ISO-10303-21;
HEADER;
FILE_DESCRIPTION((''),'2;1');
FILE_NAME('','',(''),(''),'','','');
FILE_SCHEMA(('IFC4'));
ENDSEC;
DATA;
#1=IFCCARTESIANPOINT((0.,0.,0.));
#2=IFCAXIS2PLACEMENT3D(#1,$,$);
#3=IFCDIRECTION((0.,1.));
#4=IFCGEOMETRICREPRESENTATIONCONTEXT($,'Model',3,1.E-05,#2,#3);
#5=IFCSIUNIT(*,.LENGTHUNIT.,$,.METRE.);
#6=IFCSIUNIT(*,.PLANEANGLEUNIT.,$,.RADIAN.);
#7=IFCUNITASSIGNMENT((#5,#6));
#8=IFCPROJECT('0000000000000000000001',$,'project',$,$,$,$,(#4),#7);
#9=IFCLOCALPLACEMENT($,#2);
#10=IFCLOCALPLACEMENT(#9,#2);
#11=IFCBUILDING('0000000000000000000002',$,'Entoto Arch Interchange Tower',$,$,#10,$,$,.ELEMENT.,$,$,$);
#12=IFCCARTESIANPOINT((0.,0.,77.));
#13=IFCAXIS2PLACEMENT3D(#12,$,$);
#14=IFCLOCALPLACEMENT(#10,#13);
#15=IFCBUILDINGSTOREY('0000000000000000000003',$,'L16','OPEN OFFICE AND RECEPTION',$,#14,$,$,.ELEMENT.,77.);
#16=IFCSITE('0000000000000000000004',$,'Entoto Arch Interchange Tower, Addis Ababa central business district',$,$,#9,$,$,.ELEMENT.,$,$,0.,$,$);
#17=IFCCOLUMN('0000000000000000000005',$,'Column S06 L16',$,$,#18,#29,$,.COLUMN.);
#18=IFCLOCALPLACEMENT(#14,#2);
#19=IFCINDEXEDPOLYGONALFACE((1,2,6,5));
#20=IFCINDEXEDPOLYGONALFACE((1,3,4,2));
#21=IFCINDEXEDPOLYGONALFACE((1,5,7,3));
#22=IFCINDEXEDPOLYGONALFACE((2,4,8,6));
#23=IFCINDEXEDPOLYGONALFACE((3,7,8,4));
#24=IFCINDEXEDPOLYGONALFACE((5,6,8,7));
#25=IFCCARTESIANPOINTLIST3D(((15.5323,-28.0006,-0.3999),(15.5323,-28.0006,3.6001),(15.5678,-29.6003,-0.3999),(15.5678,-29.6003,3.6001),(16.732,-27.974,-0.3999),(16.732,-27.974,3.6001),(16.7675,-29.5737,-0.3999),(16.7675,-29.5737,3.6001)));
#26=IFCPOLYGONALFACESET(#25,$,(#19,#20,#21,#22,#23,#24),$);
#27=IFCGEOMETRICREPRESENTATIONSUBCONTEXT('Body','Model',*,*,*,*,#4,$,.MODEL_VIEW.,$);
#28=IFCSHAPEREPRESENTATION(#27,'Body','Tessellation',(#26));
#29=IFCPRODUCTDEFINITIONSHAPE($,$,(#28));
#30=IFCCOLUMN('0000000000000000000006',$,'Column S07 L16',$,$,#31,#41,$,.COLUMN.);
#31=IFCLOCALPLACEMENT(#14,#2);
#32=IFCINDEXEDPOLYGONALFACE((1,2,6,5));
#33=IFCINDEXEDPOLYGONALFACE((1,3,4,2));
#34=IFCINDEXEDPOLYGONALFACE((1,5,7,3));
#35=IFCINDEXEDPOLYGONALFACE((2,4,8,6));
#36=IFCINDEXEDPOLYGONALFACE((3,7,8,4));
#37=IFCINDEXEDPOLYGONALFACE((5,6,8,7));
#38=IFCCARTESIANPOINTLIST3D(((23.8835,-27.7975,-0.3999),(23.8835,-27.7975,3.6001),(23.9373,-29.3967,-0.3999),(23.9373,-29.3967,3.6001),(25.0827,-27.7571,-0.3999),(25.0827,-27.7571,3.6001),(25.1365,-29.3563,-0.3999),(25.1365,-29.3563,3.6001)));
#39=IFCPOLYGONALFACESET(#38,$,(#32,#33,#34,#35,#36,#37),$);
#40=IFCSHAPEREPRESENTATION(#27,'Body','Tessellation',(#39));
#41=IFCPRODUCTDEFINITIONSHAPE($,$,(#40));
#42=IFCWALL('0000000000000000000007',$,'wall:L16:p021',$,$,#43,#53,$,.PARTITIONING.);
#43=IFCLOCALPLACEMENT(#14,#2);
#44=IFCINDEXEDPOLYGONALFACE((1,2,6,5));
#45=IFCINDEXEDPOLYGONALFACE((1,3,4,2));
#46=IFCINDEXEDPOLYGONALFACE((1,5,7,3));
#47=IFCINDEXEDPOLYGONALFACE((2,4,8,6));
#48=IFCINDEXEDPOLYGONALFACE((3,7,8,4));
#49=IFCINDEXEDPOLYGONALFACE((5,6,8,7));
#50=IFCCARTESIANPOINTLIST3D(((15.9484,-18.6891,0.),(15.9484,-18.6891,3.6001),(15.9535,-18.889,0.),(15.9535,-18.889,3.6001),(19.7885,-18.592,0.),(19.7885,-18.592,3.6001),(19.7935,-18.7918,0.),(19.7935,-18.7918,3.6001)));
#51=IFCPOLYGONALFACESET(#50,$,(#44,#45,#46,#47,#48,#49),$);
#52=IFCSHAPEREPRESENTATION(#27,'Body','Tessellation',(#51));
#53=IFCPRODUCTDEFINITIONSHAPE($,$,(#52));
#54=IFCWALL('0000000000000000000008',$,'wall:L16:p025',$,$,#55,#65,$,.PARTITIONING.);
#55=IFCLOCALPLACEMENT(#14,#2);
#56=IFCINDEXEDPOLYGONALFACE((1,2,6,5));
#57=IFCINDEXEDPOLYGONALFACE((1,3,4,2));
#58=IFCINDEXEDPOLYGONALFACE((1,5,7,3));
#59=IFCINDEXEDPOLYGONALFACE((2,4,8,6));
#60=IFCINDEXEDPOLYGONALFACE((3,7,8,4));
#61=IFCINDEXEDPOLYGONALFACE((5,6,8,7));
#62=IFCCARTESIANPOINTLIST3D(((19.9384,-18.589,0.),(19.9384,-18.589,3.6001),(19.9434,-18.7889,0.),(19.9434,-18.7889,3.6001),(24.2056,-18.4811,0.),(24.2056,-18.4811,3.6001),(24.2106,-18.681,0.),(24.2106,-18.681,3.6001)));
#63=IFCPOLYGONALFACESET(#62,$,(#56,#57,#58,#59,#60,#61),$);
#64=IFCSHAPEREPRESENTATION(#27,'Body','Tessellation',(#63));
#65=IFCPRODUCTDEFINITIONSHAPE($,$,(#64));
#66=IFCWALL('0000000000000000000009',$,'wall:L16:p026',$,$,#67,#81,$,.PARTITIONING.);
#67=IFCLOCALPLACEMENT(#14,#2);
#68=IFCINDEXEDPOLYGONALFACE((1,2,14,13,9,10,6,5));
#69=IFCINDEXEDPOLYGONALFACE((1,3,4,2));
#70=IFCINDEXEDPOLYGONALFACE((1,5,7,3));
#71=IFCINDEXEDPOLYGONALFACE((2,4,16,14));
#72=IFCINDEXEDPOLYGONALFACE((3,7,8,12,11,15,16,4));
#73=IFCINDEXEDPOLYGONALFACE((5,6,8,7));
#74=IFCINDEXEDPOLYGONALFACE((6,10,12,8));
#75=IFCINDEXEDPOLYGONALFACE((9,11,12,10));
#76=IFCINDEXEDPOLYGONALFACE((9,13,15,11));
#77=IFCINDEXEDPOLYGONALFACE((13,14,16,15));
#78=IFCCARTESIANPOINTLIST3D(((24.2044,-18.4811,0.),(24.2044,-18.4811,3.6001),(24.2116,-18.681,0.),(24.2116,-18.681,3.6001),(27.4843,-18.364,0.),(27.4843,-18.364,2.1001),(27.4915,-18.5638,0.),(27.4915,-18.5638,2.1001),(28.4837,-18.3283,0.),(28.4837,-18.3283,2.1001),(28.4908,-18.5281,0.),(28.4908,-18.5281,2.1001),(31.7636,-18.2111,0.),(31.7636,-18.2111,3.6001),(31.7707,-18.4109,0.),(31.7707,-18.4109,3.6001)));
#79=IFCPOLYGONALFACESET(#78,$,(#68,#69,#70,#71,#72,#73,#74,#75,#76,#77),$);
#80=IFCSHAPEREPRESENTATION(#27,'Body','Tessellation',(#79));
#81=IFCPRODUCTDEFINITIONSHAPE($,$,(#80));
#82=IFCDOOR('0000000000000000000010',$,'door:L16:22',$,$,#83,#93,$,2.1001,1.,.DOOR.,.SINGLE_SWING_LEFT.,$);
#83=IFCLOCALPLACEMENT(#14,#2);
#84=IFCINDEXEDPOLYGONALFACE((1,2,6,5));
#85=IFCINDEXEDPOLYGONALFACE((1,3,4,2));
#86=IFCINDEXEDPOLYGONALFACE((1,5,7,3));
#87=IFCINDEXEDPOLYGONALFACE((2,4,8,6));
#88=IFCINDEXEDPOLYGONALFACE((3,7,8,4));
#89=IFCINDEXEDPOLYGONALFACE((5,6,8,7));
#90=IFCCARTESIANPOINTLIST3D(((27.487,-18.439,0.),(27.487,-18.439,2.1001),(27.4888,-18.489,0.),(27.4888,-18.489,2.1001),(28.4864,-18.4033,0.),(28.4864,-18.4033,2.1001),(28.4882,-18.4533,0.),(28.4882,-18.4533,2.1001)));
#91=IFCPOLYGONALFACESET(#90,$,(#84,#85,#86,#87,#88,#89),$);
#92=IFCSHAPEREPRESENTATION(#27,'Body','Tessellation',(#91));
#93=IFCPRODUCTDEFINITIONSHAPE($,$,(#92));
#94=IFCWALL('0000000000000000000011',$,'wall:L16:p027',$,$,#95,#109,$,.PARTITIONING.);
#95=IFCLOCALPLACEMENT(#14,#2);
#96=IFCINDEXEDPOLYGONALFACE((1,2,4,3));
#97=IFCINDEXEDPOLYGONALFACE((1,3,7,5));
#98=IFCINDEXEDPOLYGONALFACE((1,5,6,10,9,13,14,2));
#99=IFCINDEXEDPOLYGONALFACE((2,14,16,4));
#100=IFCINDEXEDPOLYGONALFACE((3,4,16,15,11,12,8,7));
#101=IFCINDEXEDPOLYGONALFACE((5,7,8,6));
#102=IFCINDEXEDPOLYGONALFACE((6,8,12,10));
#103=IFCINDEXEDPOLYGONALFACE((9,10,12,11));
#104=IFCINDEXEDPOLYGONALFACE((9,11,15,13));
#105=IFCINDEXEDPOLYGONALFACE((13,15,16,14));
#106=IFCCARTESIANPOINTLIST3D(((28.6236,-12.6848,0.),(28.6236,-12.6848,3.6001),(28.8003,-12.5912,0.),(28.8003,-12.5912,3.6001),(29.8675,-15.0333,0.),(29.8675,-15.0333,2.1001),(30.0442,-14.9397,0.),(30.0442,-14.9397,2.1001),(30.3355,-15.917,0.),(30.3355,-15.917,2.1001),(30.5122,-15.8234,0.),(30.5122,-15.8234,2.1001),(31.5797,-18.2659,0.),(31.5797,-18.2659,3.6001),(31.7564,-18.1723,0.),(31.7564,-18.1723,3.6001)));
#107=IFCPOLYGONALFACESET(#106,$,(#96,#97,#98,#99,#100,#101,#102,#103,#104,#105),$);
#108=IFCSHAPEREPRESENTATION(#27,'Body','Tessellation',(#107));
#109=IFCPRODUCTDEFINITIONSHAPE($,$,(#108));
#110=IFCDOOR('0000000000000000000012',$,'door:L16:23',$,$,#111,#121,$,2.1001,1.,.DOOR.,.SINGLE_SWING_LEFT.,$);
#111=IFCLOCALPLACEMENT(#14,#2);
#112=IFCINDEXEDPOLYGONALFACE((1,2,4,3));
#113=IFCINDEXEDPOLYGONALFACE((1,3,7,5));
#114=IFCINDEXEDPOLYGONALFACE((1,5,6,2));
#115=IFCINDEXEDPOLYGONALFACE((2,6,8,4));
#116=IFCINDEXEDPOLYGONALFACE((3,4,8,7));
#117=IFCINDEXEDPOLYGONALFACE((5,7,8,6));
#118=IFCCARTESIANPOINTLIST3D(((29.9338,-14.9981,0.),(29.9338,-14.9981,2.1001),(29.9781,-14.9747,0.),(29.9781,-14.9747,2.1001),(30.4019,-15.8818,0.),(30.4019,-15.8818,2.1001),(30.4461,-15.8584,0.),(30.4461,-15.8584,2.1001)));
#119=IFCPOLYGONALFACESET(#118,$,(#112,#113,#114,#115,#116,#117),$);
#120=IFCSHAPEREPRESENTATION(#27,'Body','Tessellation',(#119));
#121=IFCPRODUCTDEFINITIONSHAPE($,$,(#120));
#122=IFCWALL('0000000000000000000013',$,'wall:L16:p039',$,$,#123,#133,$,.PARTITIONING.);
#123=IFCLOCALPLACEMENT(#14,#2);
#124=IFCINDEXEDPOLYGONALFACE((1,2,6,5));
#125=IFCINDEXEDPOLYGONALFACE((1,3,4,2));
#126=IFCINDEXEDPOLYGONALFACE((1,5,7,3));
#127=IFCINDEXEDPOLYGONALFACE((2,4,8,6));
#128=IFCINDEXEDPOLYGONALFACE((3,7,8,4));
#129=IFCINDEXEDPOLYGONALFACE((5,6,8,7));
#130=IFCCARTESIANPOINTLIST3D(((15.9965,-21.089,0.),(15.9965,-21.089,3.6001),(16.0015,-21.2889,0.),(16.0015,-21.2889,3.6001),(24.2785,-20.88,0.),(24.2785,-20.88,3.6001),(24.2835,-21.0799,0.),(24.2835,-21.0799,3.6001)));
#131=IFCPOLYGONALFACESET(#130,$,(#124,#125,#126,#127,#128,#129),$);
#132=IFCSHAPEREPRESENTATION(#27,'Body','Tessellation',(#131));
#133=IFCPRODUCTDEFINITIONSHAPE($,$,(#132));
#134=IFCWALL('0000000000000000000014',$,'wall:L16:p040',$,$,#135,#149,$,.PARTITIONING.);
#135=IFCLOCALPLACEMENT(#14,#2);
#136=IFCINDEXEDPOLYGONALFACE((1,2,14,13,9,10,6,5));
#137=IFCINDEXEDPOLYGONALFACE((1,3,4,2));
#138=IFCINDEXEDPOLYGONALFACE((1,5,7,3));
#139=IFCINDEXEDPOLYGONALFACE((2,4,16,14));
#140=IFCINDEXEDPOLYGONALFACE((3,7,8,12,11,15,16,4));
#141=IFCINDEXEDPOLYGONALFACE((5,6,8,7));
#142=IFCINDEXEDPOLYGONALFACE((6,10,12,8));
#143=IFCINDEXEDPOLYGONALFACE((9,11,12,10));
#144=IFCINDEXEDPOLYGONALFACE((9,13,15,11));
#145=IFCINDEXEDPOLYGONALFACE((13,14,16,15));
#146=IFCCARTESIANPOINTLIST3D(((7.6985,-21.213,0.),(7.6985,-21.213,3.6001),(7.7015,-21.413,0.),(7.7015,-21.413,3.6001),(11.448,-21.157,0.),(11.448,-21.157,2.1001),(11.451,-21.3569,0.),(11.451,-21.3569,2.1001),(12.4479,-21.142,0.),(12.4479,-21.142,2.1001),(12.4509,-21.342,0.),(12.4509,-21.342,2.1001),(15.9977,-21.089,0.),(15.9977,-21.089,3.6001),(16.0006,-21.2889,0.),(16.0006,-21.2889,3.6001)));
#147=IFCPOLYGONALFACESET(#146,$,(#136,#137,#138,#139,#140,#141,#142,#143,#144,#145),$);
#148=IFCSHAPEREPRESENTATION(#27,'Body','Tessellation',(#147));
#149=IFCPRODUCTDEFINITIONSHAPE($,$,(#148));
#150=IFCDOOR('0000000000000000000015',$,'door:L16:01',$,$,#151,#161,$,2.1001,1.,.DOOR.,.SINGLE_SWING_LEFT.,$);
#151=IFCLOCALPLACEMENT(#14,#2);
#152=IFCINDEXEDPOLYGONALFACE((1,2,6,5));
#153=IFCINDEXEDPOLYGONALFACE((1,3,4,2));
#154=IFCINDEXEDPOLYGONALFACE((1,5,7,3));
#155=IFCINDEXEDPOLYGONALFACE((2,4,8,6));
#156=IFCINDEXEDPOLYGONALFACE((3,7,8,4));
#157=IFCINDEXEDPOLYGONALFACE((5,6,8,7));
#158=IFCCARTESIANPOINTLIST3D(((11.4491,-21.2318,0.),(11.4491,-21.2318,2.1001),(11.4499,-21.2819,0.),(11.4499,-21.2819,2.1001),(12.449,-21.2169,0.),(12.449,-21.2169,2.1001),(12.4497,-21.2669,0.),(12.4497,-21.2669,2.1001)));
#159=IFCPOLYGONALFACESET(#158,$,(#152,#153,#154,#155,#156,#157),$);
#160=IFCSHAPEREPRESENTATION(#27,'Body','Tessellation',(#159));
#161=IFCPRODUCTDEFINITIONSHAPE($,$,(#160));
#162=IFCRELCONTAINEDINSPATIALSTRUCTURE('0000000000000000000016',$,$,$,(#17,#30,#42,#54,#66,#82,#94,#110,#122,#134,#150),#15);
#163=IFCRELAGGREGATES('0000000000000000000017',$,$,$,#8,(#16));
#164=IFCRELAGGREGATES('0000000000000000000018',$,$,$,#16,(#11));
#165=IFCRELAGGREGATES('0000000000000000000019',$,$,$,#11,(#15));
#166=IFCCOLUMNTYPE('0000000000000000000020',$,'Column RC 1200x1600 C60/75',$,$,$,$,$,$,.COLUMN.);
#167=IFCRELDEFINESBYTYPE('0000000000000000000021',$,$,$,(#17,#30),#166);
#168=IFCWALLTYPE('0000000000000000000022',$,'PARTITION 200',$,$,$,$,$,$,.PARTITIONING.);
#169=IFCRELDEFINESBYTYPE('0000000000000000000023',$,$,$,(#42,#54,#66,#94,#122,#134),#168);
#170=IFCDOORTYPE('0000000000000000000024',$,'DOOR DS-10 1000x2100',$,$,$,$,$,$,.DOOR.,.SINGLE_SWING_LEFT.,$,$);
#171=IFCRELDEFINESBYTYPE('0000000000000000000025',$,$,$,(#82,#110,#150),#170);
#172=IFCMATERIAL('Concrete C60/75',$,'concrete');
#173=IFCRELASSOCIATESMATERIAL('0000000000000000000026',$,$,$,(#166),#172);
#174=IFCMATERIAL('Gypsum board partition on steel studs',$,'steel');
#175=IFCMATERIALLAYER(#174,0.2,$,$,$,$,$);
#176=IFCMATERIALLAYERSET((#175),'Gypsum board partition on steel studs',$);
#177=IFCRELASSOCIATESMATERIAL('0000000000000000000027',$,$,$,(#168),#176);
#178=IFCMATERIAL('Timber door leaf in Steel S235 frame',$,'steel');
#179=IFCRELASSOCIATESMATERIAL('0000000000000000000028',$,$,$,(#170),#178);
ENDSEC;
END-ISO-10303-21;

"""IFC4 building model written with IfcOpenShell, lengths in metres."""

from ifc_helpers import new_model, si_unit, direction, frame, frame_2d, origin, origin_2d, place, context, subcontext, project, spatial, rectangle, extrude, material, layer, layer_set, material_profile, profile_set, type_object, element, fill, save


model = new_model("IFC4")

# Units and contexts
model_context = context("Model", 3, precision=1e-05, world=origin(), true_north=direction((0.0, 1.0)))
body_context = subcontext(model_context, "Body", "Model", "MODEL_VIEW")
ifc_project = project(units=[si_unit("LENGTHUNIT", "METRE"), si_unit("PLANEANGLEUNIT", "RADIAN")], contexts=[model_context])

# Site, building, storey
site_placement = place(None, origin())
site = spatial("IfcSite", under=ifc_project, at=site_placement, Name="Entoto Arch Interchange Tower, Addis Ababa central business district", CompositionType="ELEMENT", RefElevation=0.0)
building_placement = place(site_placement, origin())
building = spatial("IfcBuilding", under=site, at=building_placement, Name="Entoto Arch Interchange Tower", CompositionType="ELEMENT")
storey_placement = place(building_placement, frame((0.0, 0.0, 77.0)))
storey = spatial("IfcBuildingStorey", under=building, at=storey_placement, Name="L16", Description="OPEN OFFICE AND RECEPTION", CompositionType="ELEMENT", Elevation=77.0)

# Columns
ifc_material_1 = material(Name="Concrete C60/75", Category="concrete")
ifc_material_profile = material_profile(ifc_material_1, rectangle(XDim=1.2, YDim=1.6001, at=origin_2d()))
ifc_profile_set = profile_set([ifc_material_profile], Name="Concrete C60/75")
column_type = type_object("IfcColumnType", Name="Column RC 1200x1600 C60/75", PredefinedType="COLUMN", material=ifc_profile_set)
for number, where, z_axis, x_axis, name in (
    (1, (16.1499, -28.7871, -0.3999), (0.0, 0.0, 1.0), (0.999754, 0.022164, 0.0), "Column S06 L16"),
    (2, (24.51, -28.5769, -0.3999), (0.0, 0.0, 1.0), (0.999434, 0.033626, 0.0), "Column S07 L16"),
):
    element("IfcColumn", number, at=place(storey_placement, frame(where, z_axis=z_axis, x_axis=x_axis)), inside=storey, type_object=column_type, Name=name, PredefinedType="COLUMN", context=body_context, shape_type="SweptSolid", body=[
        extrude(rectangle(XDim=1.2, YDim=1.6001, at=origin_2d()), origin(), (0.0, 0.0, 1.0), 4.0),
    ])

# Walls
ifc_material_2 = material(Name="Gypsum board partition on steel studs", Category="steel")
ifc_layer_1 = layer(ifc_material_2, 0.2)
ifc_layer_set_1 = layer_set([ifc_layer_1], Name="Gypsum board partition on steel studs")
wall_type_1 = type_object("IfcWallType", Name="PARTITION 200", PredefinedType="PARTITIONING", material=ifc_layer_set_1)
wall_1_placement = place(storey_placement, frame((15.9509, -18.7891, 0.0), z_axis=(0.0, 0.0, 1.0), x_axis=(0.99968, 0.025295, 0.0)))
element("IfcWall", 3, at=wall_1_placement, inside=storey, type_object=wall_type_1, Name="wall:L16:p021", PredefinedType="PARTITIONING", context=body_context, shape_type="SweptSolid", body=[
    extrude(rectangle(XDim=3.8413, YDim=0.2, at=frame_2d((1.9207, 0.0))), origin(), (0.0, 0.0, 1.0), 3.6001),
])
wall_2_placement = place(storey_placement, frame((19.9409, -18.689, 0.0), z_axis=(0.0, 0.0, 1.0), x_axis=(0.99968, 0.025281, 0.0)))
element("IfcWall", 4, at=wall_2_placement, inside=storey, type_object=wall_type_1, Name="wall:L16:p025", PredefinedType="PARTITIONING", context=body_context, shape_type="SweptSolid", body=[
    extrude(rectangle(XDim=4.2686, YDim=0.2, at=frame_2d((2.1343, 0.0))), origin(), (0.0, 0.0, 1.0), 3.6001),
])

# Walls, openings, doors
wall_3_placement = place(storey_placement, frame((24.208, -18.5811, 0.0), z_axis=(0.0, 0.0, 1.0), x_axis=(0.999363, 0.035698, 0.0)))
wall_3 = element("IfcWall", 5, at=wall_3_placement, inside=storey, type_object=wall_type_1, Name="wall:L16:p026", PredefinedType="PARTITIONING", context=body_context, shape_type="SweptSolid", body=[
    extrude(rectangle(XDim=7.564, YDim=0.2, at=frame_2d((3.782, 0.0))), origin(), (0.0, 0.0, 1.0), 3.6001),
])
opening_1_placement = place(wall_3_placement, frame((3.282, 0.0, 0.0)))
opening_1 = element("IfcOpeningElement", 6, at=opening_1_placement, cuts=wall_3, PredefinedType="OPENING", context=body_context, shape_type="SweptSolid", body=[
    extrude(rectangle(XDim=1.0, YDim=2.1001, at=frame_2d((0.5, 1.05))), frame((0.0, 0.1099, 0.0), z_axis=(0.0, -1.0, 0.0), x_axis=(1.0, 0.0, 0.0)), (0.0, 0.0, 1.0), 0.22),
])
ifc_material_3 = material(Name="Timber door leaf in Steel S235 frame", Category="steel")
door_type = type_object("IfcDoorType", Name="DOOR DS-10 1000x2100", OperationType="SINGLE_SWING_LEFT", PredefinedType="DOOR", material=ifc_material_3)
door_1_placement = place(opening_1_placement, origin())
door_1 = element("IfcDoor", 7, at=door_1_placement, inside=storey, type_object=door_type, Name="door:L16:22", OperationType="SINGLE_SWING_LEFT", OverallHeight=2.1001, OverallWidth=1.0, PredefinedType="DOOR", context=body_context, shape_type="SweptSolid", body=[
    extrude(rectangle(XDim=1.0, YDim=2.1001, at=frame_2d((0.5, 1.05))), frame((0.0, 0.0249, 0.0), z_axis=(0.0, -1.0, 0.0), x_axis=(1.0, 0.0, 0.0)), (0.0, 0.0, 1.0), 0.05),
])
fill(opening_1, door_1)
wall_4_placement = place(storey_placement, frame((31.668, -18.219, 0.0), z_axis=(0.0, 0.0, 1.0), x_axis=(-0.468058, 0.883698, 0.0)))
wall_4 = element("IfcWall", 8, at=wall_4_placement, inside=storey, type_object=wall_type_1, Name="wall:L16:p027", PredefinedType="PARTITIONING", context=body_context, shape_type="SweptSolid", body=[
    extrude(rectangle(XDim=6.3157, YDim=0.2, at=frame_2d((3.1577, 0.0))), origin(), (0.0, 0.0, 1.0), 3.6001),
])
opening_2_placement = place(wall_4_placement, frame((2.658, 0.0, 0.0)))
opening_2 = element("IfcOpeningElement", 9, at=opening_2_placement, cuts=wall_4, PredefinedType="OPENING", context=body_context, shape_type="SweptSolid", body=[
    extrude(rectangle(XDim=1.0, YDim=2.1001, at=frame_2d((0.5, 1.05))), frame((0.0, 0.1099, 0.0), z_axis=(0.0, -1.0, 0.0), x_axis=(1.0, 0.0, 0.0)), (0.0, 0.0, 1.0), 0.22),
])
door_2_placement = place(opening_2_placement, origin())
door_2 = element("IfcDoor", 10, at=door_2_placement, inside=storey, type_object=door_type, Name="door:L16:23", OperationType="SINGLE_SWING_LEFT", OverallHeight=2.1001, OverallWidth=1.0, PredefinedType="DOOR", context=body_context, shape_type="SweptSolid", body=[
    extrude(rectangle(XDim=1.0, YDim=2.1001, at=frame_2d((0.5, 1.05))), frame((0.0, 0.0249, 0.0), z_axis=(0.0, -1.0, 0.0), x_axis=(1.0, 0.0, 0.0)), (0.0, 0.0, 1.0), 0.05),
])
fill(opening_2, door_2)

# Wall
wall_5_placement = place(storey_placement, frame((24.281, -20.98, 0.0), z_axis=(0.0, 0.0, 1.0), x_axis=(-0.999682, -0.025226, 0.0)))
element("IfcWall", 11, at=wall_5_placement, inside=storey, type_object=wall_type_1, Name="wall:L16:p039", PredefinedType="PARTITIONING", context=body_context, shape_type="SweptSolid", body=[
    extrude(rectangle(XDim=8.2847, YDim=0.2, at=frame_2d((4.1423, 0.0))), origin(), (0.0, 0.0, 1.0), 3.6001),
])

# Wall, opening, door
wall_6_placement = place(storey_placement, frame((15.999, -21.189, 0.0), z_axis=(0.0, 0.0, 1.0), x_axis=(-0.999888, -0.014943, 0.0)))
wall_6 = element("IfcWall", 12, at=wall_6_placement, inside=storey, type_object=wall_type_1, Name="wall:L16:p040", PredefinedType="PARTITIONING", context=body_context, shape_type="SweptSolid", body=[
    extrude(rectangle(XDim=8.3, YDim=0.2, at=frame_2d((4.1499, 0.0))), origin(), (0.0, 0.0, 1.0), 3.6001),
])
opening_3_placement = place(wall_6_placement, frame((3.55, 0.0, 0.0)))
opening_3 = element("IfcOpeningElement", 13, at=opening_3_placement, cuts=wall_6, PredefinedType="OPENING", context=body_context, shape_type="SweptSolid", body=[
    extrude(rectangle(XDim=1.0, YDim=2.1001, at=frame_2d((0.5, 1.05))), frame((0.0, 0.1099, 0.0), z_axis=(0.0, -1.0, 0.0), x_axis=(1.0, 0.0, 0.0)), (0.0, 0.0, 1.0), 0.22),
])
door_3_placement = place(opening_3_placement, origin())
door_3 = element("IfcDoor", 14, at=door_3_placement, inside=storey, type_object=door_type, Name="door:L16:01", OperationType="SINGLE_SWING_LEFT", OverallHeight=2.1001, OverallWidth=1.0, PredefinedType="DOOR", context=body_context, shape_type="SweptSolid", body=[
    extrude(rectangle(XDim=1.0, YDim=2.1001, at=frame_2d((0.5, 1.05))), frame((0.0, 0.0249, 0.0), z_axis=(0.0, -1.0, 0.0), x_axis=(1.0, 0.0, 0.0)), (0.0, 0.0, 1.0), 0.05),
])
fill(opening_3, door_3)

save(model, "model.ifc")
